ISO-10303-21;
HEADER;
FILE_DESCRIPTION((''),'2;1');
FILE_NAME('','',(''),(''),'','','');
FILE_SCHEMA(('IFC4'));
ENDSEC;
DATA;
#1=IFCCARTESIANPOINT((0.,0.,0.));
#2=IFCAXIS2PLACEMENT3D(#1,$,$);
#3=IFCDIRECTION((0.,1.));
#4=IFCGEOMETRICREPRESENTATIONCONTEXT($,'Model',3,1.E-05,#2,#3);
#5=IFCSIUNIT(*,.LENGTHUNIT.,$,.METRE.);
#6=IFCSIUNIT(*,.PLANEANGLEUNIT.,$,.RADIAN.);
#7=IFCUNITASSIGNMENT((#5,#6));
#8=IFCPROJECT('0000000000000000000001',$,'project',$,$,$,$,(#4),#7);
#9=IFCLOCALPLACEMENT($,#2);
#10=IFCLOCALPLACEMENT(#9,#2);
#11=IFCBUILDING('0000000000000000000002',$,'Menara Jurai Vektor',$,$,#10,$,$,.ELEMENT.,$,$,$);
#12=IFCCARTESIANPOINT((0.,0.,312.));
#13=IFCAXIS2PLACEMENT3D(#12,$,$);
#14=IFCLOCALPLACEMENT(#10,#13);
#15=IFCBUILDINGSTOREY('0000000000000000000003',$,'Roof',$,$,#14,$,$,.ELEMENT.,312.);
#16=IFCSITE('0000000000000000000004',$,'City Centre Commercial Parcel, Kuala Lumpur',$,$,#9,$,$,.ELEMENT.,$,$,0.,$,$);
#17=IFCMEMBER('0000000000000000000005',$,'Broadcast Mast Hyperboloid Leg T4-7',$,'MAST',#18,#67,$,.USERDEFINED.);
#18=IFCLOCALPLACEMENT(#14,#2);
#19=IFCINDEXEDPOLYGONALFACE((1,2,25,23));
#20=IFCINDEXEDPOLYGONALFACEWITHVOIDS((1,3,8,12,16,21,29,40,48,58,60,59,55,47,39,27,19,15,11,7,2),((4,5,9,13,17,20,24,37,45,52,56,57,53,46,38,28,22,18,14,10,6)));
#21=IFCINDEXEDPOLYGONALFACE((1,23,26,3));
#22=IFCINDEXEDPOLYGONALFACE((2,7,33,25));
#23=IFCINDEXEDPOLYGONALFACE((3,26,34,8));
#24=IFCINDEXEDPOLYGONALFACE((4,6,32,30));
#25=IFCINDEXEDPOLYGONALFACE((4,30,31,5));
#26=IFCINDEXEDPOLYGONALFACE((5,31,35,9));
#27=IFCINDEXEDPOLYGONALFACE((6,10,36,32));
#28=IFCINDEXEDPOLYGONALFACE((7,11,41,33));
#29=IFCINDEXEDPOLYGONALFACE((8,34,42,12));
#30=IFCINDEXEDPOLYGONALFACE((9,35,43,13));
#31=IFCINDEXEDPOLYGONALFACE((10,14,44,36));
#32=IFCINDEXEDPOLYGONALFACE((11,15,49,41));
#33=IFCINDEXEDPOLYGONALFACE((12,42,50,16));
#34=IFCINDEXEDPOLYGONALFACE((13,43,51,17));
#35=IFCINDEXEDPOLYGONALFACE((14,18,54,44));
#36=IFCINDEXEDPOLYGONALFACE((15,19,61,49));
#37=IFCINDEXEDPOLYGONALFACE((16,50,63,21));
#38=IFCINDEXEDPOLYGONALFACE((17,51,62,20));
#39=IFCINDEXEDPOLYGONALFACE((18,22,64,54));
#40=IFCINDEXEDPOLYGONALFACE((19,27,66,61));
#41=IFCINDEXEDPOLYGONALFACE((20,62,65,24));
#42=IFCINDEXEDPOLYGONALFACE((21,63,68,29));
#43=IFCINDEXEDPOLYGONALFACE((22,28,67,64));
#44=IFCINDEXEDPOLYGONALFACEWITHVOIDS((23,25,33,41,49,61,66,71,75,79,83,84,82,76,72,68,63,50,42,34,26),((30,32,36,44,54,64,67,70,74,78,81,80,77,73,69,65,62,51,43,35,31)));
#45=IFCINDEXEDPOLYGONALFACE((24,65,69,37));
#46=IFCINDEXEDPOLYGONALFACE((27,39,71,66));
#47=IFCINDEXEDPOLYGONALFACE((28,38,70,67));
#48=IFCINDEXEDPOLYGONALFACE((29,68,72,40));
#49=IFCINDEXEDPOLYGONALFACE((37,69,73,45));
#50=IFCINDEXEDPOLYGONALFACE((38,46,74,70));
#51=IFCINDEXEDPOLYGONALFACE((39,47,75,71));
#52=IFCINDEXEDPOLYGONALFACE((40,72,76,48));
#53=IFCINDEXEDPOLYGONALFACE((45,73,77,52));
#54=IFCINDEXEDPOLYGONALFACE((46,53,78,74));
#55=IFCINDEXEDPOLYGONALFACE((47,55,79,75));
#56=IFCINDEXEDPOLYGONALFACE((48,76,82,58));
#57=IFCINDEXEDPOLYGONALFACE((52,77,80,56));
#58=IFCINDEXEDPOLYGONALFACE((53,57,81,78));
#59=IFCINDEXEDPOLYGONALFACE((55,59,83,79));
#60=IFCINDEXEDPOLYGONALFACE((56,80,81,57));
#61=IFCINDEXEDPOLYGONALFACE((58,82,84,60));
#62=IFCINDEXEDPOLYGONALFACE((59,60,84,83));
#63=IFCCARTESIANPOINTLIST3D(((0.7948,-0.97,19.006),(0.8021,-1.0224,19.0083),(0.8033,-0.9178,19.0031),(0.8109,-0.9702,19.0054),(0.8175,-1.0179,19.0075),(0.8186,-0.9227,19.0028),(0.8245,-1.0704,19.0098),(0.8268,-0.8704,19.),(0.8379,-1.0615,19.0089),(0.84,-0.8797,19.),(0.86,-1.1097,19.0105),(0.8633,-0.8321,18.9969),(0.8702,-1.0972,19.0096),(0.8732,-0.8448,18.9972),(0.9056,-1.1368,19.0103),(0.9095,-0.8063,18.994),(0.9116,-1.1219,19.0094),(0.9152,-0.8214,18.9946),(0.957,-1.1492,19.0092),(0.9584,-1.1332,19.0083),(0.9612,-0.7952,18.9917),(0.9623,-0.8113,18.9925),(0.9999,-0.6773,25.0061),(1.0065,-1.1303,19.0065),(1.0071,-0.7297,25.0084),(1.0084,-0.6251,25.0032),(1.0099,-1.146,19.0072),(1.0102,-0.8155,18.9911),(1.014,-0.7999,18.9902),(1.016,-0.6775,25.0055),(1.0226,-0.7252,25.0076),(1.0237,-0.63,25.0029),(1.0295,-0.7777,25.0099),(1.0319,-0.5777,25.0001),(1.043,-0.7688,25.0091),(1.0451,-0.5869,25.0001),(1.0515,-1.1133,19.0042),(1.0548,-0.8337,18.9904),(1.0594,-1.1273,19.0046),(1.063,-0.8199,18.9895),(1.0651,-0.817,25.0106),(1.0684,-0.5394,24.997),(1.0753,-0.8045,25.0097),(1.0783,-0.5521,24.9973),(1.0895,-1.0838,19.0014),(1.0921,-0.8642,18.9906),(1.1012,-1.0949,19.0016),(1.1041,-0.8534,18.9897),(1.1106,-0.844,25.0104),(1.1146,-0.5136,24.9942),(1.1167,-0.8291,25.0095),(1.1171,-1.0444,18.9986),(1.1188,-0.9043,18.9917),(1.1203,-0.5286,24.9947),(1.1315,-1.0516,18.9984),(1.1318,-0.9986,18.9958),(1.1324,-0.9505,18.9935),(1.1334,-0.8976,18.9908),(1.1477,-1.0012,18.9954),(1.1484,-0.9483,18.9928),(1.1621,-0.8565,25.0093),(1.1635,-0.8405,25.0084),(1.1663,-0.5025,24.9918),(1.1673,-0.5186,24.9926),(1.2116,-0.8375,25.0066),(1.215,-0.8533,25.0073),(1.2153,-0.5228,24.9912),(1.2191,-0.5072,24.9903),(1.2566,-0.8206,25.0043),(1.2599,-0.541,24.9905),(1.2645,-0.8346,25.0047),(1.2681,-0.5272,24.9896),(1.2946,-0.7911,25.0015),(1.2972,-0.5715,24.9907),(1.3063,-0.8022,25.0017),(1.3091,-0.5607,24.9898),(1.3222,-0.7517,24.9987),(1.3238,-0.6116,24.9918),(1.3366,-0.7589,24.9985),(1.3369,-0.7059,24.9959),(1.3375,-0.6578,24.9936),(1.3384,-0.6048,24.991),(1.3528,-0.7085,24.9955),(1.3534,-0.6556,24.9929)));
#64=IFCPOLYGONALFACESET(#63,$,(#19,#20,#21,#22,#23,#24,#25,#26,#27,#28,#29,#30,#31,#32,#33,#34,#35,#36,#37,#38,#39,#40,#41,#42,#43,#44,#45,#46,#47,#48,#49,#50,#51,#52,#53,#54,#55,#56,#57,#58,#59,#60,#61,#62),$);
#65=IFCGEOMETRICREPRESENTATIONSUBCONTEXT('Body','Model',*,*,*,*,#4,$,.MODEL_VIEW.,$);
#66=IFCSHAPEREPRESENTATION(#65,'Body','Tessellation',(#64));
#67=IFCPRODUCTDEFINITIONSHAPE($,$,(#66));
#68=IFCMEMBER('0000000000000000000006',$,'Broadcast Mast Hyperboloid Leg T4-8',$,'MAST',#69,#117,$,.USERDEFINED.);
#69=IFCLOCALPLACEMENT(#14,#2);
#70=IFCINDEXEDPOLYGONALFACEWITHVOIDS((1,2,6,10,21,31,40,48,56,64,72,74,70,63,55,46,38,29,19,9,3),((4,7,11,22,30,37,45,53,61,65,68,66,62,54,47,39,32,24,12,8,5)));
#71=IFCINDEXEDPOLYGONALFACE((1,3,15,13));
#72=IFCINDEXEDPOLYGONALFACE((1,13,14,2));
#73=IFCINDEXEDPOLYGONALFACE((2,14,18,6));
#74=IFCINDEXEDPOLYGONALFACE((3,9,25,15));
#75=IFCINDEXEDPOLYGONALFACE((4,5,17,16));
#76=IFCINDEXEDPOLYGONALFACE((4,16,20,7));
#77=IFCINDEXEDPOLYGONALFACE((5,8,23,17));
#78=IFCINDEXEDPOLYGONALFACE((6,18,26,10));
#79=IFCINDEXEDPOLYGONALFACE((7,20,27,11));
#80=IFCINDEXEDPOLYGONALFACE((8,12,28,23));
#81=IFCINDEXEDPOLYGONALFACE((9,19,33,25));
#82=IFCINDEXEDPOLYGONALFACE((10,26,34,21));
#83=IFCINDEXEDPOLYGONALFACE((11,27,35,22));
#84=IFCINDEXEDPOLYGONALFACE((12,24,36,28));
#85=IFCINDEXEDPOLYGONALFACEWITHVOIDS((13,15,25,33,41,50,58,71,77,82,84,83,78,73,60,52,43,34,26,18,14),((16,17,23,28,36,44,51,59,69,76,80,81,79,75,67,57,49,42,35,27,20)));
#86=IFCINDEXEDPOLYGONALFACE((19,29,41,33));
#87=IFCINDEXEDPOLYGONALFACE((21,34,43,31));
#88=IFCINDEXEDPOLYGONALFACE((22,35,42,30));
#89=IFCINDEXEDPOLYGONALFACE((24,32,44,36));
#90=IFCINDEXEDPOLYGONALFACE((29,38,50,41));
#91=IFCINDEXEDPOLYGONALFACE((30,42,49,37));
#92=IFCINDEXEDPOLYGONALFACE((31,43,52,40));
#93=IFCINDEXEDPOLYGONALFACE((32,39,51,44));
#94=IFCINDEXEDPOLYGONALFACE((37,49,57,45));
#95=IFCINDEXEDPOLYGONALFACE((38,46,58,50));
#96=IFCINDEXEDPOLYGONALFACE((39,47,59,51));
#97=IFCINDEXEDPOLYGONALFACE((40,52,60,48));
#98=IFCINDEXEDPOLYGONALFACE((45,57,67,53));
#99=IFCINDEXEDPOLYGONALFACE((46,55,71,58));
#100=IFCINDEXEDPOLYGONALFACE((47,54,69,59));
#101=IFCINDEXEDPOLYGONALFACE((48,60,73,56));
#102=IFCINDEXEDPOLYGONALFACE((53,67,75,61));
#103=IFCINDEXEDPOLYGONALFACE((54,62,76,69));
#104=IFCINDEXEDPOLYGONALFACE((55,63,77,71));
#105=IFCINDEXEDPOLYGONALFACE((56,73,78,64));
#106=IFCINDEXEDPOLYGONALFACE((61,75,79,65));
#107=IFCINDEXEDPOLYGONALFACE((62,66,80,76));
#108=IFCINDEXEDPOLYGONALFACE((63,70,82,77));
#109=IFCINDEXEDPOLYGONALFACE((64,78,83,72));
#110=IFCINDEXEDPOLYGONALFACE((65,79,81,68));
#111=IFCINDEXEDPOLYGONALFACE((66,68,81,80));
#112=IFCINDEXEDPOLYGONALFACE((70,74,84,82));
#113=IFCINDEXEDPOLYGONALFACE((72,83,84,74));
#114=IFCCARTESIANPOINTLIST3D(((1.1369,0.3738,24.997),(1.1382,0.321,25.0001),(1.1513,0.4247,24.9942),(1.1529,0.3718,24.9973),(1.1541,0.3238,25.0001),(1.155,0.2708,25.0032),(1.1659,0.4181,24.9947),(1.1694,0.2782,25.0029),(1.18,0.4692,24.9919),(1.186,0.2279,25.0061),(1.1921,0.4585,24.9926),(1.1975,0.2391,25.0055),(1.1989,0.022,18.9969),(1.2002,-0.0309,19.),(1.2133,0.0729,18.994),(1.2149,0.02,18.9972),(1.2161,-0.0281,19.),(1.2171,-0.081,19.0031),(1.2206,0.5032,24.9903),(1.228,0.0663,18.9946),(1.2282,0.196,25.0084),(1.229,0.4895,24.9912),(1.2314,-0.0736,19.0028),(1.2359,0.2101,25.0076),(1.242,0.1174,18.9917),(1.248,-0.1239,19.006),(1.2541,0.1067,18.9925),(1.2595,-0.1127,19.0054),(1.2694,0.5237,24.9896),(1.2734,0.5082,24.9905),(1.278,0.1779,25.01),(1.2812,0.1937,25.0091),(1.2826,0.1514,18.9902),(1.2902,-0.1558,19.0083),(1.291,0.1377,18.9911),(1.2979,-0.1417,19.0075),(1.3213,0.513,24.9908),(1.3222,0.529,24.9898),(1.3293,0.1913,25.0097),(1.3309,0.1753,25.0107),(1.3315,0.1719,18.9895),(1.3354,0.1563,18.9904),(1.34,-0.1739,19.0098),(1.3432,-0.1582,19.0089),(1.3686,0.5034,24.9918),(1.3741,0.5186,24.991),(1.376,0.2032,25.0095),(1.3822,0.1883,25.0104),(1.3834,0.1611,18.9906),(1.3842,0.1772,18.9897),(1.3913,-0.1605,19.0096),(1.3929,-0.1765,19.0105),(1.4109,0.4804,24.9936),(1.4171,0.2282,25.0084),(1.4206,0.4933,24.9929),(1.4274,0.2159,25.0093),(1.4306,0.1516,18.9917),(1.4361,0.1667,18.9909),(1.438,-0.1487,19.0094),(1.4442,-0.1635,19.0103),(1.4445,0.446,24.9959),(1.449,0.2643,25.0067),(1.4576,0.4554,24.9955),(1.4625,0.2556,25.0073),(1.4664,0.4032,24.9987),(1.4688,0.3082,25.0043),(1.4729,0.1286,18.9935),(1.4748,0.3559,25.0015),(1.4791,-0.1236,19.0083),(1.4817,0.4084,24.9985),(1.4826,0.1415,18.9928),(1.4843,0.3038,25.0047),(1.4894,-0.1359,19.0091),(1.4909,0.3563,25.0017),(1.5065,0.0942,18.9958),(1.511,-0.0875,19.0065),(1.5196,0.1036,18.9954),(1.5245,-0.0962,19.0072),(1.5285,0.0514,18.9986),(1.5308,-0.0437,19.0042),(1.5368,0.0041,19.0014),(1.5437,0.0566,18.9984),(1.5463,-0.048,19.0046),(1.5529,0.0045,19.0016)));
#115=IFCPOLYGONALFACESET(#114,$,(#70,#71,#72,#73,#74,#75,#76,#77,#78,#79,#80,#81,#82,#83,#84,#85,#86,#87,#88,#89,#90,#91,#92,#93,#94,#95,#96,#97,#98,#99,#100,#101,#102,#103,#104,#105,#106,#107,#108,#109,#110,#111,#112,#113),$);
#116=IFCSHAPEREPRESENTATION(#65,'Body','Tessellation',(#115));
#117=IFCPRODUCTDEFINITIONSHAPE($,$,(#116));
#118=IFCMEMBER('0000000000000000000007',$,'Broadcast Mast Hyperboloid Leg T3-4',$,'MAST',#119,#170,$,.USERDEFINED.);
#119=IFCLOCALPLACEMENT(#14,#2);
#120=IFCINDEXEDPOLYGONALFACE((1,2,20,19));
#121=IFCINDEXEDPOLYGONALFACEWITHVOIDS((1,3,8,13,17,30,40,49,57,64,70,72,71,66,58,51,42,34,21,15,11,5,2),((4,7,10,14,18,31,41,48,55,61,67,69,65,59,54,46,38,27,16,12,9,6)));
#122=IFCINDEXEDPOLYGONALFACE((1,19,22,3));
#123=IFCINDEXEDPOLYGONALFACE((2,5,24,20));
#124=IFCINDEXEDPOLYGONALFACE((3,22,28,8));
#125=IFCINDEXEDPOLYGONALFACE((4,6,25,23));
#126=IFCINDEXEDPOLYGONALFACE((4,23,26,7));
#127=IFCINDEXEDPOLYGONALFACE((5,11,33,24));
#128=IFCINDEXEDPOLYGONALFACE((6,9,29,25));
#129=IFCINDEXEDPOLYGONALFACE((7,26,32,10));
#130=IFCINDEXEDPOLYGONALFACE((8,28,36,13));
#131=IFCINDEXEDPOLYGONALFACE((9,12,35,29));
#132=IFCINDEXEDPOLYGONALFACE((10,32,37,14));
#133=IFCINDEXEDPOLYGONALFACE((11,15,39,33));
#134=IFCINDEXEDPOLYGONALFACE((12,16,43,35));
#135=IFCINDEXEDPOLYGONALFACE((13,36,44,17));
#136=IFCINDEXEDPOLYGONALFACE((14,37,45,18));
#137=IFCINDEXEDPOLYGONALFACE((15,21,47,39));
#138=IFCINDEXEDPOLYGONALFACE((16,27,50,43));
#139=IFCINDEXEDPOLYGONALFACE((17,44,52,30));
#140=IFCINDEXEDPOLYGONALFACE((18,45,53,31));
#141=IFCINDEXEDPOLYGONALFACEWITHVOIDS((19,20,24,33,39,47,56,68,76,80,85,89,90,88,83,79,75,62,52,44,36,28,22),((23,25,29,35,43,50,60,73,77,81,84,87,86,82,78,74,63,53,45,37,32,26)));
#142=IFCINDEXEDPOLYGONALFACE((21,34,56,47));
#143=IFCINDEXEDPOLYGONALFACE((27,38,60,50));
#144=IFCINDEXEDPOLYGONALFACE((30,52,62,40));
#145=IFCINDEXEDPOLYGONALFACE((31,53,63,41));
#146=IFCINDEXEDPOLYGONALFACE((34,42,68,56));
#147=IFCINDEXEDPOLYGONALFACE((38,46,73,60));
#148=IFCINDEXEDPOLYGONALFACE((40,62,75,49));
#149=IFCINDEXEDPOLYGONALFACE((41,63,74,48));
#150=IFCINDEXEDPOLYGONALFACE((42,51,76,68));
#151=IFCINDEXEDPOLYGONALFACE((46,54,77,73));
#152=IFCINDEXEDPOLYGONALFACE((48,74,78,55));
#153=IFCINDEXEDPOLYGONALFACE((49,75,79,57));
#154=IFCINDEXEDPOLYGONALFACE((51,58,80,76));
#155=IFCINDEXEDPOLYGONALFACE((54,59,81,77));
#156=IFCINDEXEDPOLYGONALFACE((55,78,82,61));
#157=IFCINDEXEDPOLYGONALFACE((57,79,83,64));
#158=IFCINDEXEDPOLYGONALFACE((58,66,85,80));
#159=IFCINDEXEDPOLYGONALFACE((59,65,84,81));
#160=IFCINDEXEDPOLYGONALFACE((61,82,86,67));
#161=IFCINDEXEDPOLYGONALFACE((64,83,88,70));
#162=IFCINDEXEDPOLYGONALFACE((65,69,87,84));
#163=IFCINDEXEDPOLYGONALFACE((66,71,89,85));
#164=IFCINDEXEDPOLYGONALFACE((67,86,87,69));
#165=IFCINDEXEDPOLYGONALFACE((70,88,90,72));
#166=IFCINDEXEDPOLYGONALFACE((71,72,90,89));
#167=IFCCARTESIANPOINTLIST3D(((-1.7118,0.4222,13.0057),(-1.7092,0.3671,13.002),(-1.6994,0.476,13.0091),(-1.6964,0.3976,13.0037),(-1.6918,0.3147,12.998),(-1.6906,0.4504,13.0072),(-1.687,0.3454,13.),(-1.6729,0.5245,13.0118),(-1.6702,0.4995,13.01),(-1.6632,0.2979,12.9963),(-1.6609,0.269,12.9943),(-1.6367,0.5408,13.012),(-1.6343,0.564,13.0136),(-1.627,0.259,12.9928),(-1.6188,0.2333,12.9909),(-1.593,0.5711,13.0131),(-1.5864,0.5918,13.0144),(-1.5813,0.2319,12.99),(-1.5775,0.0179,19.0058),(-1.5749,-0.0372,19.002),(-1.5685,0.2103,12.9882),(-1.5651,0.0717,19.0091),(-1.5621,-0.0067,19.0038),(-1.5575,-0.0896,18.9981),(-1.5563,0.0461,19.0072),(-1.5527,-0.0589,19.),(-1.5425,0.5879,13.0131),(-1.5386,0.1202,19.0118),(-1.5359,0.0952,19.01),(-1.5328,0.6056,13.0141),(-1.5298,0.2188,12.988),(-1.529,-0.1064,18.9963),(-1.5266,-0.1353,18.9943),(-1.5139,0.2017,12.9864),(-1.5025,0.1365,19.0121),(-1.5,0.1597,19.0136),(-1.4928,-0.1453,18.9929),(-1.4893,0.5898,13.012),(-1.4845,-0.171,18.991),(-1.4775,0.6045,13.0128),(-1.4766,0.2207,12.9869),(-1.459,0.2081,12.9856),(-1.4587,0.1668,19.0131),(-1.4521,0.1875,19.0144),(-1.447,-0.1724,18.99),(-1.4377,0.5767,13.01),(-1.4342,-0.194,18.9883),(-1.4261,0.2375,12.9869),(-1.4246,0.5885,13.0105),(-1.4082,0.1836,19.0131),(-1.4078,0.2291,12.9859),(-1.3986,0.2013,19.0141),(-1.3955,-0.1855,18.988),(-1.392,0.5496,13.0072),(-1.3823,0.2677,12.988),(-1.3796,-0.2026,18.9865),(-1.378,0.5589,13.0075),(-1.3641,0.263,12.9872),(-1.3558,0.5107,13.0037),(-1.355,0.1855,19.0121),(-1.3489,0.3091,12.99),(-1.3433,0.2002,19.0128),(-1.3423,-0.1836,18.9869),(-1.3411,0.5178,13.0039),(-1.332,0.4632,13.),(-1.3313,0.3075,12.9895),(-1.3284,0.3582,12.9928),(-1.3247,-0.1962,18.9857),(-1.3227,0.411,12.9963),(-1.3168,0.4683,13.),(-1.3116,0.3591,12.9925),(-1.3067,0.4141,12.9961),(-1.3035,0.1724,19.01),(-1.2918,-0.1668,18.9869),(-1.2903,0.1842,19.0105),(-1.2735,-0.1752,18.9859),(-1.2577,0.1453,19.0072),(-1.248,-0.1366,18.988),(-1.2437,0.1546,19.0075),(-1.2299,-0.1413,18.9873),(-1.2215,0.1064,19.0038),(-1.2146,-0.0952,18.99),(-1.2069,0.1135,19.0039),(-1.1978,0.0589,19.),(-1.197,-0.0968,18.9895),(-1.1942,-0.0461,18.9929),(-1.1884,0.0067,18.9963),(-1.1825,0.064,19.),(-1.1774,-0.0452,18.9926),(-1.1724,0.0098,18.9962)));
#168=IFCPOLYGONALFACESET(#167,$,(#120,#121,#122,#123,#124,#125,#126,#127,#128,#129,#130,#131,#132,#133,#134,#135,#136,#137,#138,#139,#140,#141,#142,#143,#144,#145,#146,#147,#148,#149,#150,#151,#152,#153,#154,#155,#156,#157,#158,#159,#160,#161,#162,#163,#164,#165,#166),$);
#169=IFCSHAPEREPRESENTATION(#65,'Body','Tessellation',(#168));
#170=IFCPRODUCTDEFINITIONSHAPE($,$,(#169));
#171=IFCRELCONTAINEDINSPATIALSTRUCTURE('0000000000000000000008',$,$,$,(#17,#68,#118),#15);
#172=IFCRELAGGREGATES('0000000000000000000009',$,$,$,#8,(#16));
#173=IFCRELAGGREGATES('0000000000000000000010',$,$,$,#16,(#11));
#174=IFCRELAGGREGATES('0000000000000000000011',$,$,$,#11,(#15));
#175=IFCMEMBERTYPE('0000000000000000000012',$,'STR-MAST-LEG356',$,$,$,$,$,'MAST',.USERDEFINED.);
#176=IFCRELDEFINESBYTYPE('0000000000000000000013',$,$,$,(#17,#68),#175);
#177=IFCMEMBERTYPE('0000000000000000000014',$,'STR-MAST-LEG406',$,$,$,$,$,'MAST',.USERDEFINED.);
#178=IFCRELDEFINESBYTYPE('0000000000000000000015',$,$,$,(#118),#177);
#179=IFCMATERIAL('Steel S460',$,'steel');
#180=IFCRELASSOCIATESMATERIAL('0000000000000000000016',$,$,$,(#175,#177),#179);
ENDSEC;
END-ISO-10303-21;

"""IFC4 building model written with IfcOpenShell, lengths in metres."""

from ifc_helpers import new_model, si_unit, direction, frame, origin, origin_2d, place, context, subcontext, project, spatial, hollow_circle, extrude, material, material_profile, profile_set, type_object, element, save


model = new_model("IFC4")

# Units and contexts
model_context = context("Model", 3, precision=1e-05, world=origin(), true_north=direction((0.0, 1.0)))
body_context = subcontext(model_context, "Body", "Model", "MODEL_VIEW")
ifc_project = project(units=[si_unit("LENGTHUNIT", "METRE"), si_unit("PLANEANGLEUNIT", "RADIAN")], contexts=[model_context])

# Site, building, storey
site_placement = place(None, origin())
site = spatial("IfcSite", under=ifc_project, at=site_placement, Name="City Centre Commercial Parcel, Kuala Lumpur", CompositionType="ELEMENT", RefElevation=0.0)
building_placement = place(site_placement, origin())
building = spatial("IfcBuilding", under=site, at=building_placement, Name="Menara Jurai Vektor", CompositionType="ELEMENT")
storey_placement = place(building_placement, frame((0.0, 0.0, 312.0)))
storey = spatial("IfcBuildingStorey", under=building, at=storey_placement, Name="Roof", CompositionType="ELEMENT", Elevation=312.0)

# Members
ifc_material = material(Name="Steel S460", Category="steel")
ifc_material_profile_1 = material_profile(ifc_material, hollow_circle(Radius=0.1777, WallThickness=0.0161, at=origin_2d()), Name="CHS 355.6x16")
ifc_profile_set_1 = profile_set([ifc_material_profile_1], Name="Steel S460")
member_type_1 = type_object("IfcMemberType", Name="STR-MAST-LEG356", ElementType="MAST", PredefinedType="USERDEFINED", material=ifc_profile_set_1)
for number, where, z_axis, x_axis, name in (
    (1, (0.9724, -0.9724, 19.0), (0.034119, 0.048701, 0.99823), (-0.819007, 0.573783, 0.0), "Broadcast Mast Hyperboloid Leg T4-7"),
    (2, (1.3752, 0.0, 19.0), (-0.010317, 0.058531, 0.998232), (-0.984818, -0.17359, 0.0), "Broadcast Mast Hyperboloid Leg T4-8"),
):
    element("IfcMember", number, at=place(storey_placement, frame(where, z_axis=z_axis, x_axis=x_axis)), inside=storey, type_object=member_type_1, Name=name, ObjectType="MAST", PredefinedType="USERDEFINED", context=body_context, shape_type="SweptSolid", body=[
        extrude(hollow_circle(Radius=0.1777, WallThickness=0.0161, at=origin_2d()), origin(), (0.0, 0.0, 1.0), 6.0107),
    ])
ifc_material_profile_2 = material_profile(ifc_material, hollow_circle(Radius=0.2031, WallThickness=0.0161, at=origin_2d()), Name="CHS 406.4x16")
ifc_profile_set_2 = profile_set([ifc_material_profile_2], Name="Steel S460")
member_type_2 = type_object("IfcMemberType", Name="STR-MAST-LEG406", ElementType="MAST", PredefinedType="USERDEFINED", material=ifc_profile_set_2)
for number, where, z_axis, x_axis, name in (
    (3, (-1.5095, 0.4043, 13.0), (0.022323, -0.067214, 0.997489), (0.949027, 0.315196, 0.0), "Broadcast Mast Hyperboloid Leg T3-4"),
):
    element("IfcMember", number, at=place(storey_placement, frame(where, z_axis=z_axis, x_axis=x_axis)), inside=storey, type_object=member_type_2, Name=name, ObjectType="MAST", PredefinedType="USERDEFINED", context=body_context, shape_type="SweptSolid", body=[
        extrude(hollow_circle(Radius=0.2031, WallThickness=0.0161, at=origin_2d()), origin(), (0.0, 0.0, 1.0), 6.0151),
    ])

save(model, "model.ifc")
